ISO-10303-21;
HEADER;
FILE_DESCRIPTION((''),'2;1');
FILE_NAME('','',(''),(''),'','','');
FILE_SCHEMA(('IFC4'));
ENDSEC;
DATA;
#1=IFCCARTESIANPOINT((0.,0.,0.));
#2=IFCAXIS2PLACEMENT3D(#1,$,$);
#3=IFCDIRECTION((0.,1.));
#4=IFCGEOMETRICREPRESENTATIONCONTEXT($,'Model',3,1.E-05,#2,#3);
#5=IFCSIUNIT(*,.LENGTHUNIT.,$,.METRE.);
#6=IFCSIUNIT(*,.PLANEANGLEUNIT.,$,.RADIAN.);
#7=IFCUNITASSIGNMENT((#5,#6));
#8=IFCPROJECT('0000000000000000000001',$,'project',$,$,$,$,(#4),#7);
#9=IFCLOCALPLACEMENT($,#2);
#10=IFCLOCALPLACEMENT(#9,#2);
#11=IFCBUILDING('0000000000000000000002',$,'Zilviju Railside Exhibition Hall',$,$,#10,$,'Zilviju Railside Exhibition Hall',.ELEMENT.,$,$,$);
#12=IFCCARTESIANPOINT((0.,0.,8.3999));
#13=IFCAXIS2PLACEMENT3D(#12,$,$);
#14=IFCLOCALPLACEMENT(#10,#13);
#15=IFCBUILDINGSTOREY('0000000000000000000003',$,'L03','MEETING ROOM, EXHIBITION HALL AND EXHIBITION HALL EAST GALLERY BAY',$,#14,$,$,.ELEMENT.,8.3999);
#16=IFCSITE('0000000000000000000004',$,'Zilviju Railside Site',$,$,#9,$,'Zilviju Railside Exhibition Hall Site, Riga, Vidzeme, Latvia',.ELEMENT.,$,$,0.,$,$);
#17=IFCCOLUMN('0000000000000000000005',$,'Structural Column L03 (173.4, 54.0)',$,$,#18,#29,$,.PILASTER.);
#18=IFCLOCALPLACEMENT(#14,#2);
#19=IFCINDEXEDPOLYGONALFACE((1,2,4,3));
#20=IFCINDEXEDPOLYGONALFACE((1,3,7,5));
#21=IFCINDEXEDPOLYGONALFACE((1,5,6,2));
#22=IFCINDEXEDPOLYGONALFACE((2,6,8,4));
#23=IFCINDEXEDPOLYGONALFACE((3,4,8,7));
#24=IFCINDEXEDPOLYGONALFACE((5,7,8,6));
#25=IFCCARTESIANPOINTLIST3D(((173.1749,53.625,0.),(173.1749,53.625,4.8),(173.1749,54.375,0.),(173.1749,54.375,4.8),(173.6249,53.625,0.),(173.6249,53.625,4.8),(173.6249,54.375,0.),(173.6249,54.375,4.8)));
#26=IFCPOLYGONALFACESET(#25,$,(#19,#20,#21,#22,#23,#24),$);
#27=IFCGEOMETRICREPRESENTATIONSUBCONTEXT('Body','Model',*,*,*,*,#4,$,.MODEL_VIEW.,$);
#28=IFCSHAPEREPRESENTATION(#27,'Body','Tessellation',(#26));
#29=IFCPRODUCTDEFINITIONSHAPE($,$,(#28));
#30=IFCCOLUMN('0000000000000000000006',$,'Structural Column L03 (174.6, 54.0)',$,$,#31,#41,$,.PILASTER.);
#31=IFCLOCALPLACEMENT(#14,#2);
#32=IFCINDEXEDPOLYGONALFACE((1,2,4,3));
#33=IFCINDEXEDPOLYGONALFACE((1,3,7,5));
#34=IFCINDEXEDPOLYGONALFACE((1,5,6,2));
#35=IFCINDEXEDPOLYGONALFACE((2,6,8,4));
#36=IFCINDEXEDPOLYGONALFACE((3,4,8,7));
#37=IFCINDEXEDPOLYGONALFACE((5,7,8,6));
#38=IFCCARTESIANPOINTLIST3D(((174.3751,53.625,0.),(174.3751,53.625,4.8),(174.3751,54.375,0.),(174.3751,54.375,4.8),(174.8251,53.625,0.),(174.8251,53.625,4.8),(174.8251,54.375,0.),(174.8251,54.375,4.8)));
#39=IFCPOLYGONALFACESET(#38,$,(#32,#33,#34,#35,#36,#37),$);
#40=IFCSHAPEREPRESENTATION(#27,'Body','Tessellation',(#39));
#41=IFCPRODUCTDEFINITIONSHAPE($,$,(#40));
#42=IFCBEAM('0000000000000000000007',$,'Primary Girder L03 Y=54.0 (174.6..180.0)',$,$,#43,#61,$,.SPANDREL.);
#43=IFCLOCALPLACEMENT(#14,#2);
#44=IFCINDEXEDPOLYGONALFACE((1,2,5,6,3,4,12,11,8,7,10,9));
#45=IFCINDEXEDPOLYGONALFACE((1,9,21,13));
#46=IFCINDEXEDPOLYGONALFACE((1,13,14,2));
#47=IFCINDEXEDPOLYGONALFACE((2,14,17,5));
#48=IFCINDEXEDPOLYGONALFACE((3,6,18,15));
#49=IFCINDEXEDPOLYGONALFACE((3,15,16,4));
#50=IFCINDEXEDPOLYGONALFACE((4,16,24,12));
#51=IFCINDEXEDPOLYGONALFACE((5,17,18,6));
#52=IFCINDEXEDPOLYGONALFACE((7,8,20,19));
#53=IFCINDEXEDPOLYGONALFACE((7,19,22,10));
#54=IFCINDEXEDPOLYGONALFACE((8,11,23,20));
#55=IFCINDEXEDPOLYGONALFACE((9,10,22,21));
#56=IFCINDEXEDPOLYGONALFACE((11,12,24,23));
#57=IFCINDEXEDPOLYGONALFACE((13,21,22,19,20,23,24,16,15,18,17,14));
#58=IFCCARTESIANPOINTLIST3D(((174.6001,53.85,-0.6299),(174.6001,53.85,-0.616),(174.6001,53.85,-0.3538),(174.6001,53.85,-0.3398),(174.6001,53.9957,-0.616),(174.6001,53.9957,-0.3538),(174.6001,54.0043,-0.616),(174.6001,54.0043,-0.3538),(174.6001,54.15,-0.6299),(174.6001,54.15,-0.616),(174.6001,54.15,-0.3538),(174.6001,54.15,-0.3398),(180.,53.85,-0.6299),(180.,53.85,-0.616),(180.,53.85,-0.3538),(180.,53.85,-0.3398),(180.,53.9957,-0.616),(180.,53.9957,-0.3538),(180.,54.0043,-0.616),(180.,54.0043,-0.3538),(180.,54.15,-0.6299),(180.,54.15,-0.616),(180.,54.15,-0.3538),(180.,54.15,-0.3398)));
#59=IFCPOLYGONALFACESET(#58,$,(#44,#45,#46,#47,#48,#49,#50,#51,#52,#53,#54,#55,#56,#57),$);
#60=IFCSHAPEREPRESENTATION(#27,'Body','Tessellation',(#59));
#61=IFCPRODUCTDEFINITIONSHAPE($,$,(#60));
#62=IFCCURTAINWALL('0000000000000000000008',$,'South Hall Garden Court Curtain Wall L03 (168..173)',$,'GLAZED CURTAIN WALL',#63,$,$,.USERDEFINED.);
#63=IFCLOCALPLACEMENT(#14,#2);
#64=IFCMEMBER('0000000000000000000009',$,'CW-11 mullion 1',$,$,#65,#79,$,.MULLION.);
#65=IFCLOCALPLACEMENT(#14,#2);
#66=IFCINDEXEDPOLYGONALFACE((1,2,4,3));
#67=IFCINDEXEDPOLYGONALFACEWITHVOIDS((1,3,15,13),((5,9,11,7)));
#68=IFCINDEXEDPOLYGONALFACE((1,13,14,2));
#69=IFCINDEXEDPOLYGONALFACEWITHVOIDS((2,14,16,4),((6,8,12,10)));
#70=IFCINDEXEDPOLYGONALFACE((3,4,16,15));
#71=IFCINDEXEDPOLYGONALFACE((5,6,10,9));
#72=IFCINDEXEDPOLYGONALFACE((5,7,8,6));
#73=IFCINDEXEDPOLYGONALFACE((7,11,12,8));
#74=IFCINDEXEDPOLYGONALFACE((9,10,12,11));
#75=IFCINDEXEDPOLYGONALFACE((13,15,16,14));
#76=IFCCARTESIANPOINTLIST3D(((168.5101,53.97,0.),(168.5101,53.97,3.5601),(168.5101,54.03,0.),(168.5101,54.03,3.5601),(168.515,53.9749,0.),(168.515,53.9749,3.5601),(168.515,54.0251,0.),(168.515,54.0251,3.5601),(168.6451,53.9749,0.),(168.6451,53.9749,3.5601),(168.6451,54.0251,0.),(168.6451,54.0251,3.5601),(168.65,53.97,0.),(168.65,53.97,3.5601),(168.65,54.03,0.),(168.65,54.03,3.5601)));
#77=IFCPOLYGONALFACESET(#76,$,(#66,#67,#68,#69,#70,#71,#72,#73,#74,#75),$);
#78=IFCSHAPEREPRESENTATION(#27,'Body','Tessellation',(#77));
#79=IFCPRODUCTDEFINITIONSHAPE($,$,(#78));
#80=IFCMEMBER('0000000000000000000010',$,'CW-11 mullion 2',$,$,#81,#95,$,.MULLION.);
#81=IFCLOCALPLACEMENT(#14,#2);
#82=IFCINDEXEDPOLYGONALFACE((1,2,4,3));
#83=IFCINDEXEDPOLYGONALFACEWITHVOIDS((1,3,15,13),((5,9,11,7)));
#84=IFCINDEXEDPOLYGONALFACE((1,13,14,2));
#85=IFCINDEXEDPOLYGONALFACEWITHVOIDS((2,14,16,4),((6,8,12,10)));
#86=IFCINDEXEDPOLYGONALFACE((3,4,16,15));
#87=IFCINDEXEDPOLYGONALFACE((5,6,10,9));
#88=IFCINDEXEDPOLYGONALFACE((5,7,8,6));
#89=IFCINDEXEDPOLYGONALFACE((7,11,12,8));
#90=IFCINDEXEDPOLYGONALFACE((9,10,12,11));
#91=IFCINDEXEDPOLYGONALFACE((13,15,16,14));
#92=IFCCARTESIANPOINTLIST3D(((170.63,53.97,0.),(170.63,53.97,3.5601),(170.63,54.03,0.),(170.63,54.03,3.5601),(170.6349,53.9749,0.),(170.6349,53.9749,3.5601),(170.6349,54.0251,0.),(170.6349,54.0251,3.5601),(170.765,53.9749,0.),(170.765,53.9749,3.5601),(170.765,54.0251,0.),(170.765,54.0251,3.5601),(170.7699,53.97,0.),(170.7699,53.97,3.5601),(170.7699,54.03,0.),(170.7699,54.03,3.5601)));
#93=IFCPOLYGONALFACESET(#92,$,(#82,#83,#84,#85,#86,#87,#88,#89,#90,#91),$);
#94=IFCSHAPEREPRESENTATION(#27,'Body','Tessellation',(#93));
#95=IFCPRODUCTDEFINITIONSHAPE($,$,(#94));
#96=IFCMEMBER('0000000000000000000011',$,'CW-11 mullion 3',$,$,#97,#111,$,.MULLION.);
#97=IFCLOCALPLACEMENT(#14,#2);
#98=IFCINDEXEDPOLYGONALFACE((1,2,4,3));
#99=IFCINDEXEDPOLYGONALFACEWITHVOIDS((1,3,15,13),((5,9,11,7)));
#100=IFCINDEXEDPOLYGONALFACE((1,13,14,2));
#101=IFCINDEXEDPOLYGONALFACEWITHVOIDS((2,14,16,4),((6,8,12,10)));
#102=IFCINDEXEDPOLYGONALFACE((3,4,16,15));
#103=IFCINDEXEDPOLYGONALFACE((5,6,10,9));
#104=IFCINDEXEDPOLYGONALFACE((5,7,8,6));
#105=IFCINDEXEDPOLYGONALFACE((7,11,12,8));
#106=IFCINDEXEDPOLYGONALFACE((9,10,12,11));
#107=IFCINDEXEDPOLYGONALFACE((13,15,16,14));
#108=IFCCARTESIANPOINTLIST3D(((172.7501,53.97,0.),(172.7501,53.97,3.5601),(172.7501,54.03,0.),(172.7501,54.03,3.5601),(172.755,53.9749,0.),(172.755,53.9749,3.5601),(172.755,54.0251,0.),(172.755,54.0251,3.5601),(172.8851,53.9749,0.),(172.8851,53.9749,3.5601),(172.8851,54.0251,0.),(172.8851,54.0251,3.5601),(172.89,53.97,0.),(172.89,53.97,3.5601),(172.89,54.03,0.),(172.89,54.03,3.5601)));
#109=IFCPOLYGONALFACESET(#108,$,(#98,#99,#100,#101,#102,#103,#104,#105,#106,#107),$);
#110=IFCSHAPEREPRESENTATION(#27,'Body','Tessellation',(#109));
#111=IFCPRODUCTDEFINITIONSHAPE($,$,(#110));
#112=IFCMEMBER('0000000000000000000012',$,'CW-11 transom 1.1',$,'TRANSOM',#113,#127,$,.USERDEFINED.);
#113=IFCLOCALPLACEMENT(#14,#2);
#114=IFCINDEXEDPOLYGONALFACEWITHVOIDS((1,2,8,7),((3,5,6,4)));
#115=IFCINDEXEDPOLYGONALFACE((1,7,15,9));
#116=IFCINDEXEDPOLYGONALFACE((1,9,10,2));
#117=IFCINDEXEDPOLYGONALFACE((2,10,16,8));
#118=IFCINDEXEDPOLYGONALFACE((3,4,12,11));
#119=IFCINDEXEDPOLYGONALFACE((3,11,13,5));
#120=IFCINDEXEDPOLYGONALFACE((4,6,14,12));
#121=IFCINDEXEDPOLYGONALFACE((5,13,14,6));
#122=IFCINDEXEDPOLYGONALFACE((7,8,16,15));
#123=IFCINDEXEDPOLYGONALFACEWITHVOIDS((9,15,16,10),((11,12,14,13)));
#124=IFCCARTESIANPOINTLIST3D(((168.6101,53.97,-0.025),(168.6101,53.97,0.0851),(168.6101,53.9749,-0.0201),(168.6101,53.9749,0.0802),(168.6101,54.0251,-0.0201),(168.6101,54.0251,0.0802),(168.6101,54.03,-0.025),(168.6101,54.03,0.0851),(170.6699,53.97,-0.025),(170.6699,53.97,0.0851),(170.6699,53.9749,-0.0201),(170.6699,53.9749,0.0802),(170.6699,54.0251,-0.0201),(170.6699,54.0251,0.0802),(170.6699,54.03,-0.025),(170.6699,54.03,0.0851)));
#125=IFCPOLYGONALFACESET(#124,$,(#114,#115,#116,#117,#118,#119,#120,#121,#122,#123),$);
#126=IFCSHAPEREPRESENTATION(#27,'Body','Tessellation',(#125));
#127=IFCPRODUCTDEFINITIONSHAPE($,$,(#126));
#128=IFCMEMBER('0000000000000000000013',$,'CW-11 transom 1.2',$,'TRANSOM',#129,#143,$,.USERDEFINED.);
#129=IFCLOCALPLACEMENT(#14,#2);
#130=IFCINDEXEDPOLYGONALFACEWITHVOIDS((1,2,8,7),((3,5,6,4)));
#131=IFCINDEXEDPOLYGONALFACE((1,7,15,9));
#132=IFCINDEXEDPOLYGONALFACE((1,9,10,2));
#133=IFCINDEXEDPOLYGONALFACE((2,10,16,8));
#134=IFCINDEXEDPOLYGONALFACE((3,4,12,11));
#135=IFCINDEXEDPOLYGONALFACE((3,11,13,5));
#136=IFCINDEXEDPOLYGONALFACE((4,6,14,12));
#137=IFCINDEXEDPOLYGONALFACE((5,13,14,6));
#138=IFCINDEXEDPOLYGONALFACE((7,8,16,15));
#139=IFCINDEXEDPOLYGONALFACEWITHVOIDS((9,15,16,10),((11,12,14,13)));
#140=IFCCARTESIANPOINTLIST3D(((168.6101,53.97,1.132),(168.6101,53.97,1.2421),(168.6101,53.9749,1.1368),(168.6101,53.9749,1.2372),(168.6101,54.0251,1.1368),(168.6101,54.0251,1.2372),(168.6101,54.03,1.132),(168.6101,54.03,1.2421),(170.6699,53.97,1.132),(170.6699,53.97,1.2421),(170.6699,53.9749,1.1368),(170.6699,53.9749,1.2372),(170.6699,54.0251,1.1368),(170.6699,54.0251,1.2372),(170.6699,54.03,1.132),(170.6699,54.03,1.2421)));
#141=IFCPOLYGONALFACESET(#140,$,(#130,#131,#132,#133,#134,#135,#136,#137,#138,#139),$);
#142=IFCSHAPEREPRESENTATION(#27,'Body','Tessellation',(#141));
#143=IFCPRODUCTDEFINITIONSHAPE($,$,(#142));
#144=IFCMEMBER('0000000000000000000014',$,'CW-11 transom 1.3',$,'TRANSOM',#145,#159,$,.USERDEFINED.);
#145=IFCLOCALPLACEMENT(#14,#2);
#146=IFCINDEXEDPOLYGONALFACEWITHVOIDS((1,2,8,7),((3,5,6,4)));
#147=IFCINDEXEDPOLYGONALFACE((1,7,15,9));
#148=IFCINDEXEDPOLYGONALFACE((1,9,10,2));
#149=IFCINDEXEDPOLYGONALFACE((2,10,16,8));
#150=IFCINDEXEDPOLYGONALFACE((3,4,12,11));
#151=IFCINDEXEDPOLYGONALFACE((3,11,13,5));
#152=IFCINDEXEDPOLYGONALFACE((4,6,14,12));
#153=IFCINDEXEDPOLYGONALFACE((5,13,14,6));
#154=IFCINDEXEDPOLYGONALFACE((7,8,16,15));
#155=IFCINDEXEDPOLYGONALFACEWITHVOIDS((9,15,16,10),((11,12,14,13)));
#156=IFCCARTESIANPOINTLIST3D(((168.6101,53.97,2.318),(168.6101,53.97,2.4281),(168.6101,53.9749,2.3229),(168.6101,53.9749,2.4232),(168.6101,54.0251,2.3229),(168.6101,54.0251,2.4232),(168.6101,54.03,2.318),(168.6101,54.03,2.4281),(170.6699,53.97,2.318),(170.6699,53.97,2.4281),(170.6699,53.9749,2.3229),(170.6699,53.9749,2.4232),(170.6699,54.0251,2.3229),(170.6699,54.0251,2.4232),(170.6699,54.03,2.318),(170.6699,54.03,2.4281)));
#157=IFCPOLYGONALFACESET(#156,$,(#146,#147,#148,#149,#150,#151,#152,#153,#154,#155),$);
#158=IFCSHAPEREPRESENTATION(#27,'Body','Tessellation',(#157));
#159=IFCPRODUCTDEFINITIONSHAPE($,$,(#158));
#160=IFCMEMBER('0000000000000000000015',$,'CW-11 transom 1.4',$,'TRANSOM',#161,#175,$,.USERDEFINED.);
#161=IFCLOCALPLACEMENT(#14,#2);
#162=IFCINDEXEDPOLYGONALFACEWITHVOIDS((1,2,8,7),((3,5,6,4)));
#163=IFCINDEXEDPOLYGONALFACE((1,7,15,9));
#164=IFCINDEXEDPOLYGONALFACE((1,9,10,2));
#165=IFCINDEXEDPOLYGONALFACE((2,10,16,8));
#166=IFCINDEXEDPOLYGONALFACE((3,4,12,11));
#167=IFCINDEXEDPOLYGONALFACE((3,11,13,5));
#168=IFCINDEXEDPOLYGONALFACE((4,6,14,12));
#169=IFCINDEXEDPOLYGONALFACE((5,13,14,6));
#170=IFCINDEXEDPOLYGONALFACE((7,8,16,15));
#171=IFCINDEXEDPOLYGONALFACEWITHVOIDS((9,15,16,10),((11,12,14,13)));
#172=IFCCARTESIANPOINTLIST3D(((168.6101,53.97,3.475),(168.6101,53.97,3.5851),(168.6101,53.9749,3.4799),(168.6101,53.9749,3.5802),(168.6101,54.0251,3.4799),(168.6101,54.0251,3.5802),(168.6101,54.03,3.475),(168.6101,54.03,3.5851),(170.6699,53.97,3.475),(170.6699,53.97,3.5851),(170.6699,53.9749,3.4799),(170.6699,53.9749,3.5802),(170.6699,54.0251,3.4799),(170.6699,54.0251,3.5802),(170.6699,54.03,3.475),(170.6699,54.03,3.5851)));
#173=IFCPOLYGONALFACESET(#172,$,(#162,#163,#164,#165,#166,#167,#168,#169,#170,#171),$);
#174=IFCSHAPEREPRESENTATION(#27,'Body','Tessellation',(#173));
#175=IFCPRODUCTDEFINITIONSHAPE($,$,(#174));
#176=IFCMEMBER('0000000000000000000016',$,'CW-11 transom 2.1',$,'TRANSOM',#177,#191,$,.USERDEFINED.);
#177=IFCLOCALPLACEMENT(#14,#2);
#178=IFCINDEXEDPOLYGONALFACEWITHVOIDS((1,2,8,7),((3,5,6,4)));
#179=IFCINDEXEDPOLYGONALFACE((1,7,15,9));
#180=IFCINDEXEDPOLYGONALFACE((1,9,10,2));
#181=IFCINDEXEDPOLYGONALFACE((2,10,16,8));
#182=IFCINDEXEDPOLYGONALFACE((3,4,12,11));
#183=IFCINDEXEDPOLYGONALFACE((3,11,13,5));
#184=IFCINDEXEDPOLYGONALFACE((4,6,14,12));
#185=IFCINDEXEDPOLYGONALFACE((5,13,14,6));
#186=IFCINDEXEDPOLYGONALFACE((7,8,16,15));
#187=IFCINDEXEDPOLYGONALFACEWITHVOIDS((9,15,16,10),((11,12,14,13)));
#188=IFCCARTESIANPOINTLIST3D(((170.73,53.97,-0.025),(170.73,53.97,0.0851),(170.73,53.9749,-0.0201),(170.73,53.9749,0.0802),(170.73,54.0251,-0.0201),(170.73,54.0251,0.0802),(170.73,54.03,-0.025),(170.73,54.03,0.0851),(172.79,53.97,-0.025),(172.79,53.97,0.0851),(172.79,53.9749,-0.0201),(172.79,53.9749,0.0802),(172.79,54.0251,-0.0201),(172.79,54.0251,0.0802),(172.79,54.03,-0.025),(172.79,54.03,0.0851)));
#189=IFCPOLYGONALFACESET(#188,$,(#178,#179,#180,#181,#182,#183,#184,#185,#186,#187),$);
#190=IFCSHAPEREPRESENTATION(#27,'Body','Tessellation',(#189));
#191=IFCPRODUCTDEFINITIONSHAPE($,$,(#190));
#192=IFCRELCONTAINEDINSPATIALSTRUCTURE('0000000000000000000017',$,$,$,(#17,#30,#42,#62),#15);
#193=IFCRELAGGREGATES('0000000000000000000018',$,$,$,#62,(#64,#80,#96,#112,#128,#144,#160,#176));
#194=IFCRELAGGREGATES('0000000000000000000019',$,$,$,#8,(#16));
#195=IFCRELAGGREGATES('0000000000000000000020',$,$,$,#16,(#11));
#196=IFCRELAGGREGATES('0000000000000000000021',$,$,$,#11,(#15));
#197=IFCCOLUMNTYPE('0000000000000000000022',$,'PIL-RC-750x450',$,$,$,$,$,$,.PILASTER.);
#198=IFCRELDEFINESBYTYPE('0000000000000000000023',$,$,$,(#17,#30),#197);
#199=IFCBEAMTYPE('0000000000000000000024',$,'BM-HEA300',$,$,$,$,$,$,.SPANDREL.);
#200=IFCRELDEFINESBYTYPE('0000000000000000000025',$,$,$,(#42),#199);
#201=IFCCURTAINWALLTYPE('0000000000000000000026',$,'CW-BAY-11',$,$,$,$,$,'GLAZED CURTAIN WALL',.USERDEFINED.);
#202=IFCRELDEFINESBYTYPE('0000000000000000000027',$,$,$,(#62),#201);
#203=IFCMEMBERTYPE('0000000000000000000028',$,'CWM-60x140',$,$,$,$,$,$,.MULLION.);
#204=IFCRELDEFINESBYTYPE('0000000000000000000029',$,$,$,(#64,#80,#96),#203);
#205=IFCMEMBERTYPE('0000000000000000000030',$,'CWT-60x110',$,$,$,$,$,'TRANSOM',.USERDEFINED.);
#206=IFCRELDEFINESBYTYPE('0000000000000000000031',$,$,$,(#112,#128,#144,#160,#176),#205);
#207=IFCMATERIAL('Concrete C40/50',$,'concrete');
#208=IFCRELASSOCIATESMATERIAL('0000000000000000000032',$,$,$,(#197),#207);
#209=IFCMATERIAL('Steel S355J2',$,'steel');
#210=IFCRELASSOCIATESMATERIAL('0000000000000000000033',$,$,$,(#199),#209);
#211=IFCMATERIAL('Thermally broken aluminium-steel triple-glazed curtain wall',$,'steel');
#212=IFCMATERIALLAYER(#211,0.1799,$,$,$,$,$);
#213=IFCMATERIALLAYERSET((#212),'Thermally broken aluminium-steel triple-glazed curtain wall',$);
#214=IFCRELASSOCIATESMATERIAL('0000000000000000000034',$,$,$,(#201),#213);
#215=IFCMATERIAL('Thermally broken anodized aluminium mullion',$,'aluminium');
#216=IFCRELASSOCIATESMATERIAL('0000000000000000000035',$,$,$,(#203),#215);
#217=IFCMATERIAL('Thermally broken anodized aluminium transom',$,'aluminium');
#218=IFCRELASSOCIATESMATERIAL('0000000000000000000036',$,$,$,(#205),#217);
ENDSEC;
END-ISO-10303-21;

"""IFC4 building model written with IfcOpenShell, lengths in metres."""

from ifc_helpers import new_model, si_unit, direction, frame, origin, origin_2d, place, context, subcontext, project, spatial, rectangle, hollow_rectangle, i_section, extrude, material, layer, layer_set, material_profile, profile_set, type_object, element, aggregate, save


model = new_model("IFC4")

# Units and contexts
model_context = context("Model", 3, precision=1e-05, world=origin(), true_north=direction((0.0, 1.0)))
body_context = subcontext(model_context, "Body", "Model", "MODEL_VIEW")
ifc_project = project(units=[si_unit("LENGTHUNIT", "METRE"), si_unit("PLANEANGLEUNIT", "RADIAN")], contexts=[model_context])

# Site, building, storey
site_placement = place(None, origin())
site = spatial("IfcSite", under=ifc_project, at=site_placement, Name="Zilviju Railside Site", LongName="Zilviju Railside Exhibition Hall Site, Riga, Vidzeme, Latvia", CompositionType="ELEMENT", RefElevation=0.0)
building_placement = place(site_placement, origin())
building = spatial("IfcBuilding", under=site, at=building_placement, Name="Zilviju Railside Exhibition Hall", LongName="Zilviju Railside Exhibition Hall", CompositionType="ELEMENT")
storey_placement = place(building_placement, frame((0.0, 0.0, 8.3999)))
storey = spatial("IfcBuildingStorey", under=building, at=storey_placement, Name="L03", Description="MEETING ROOM, EXHIBITION HALL AND EXHIBITION HALL EAST GALLERY BAY", CompositionType="ELEMENT", Elevation=8.3999)

# Columns
ifc_material_1 = material(Name="Concrete C40/50", Category="concrete")
ifc_material_profile_1 = material_profile(ifc_material_1, rectangle(XDim=0.45, YDim=0.75, at=origin_2d()), Name="RC COL 450x750")
ifc_profile_set_1 = profile_set([ifc_material_profile_1], Name="Concrete C40/50")
column_type = type_object("IfcColumnType", Name="PIL-RC-750x450", PredefinedType="PILASTER", material=ifc_profile_set_1)
for number, where, z_axis, x_axis, name in (
    (1, (173.3999, 54.0, 0.0), (0.0, 0.0, 1.0), (1.0, 0.0, 0.0), "Structural Column L03 (173.4, 54.0)"),
    (2, (174.6001, 54.0, 0.0), (0.0, 0.0, 1.0), (1.0, 0.0, 0.0), "Structural Column L03 (174.6, 54.0)"),
):
    element("IfcColumn", number, at=place(storey_placement, frame(where, z_axis=z_axis, x_axis=x_axis)), inside=storey, type_object=column_type, Name=name, PredefinedType="PILASTER", context=body_context, shape_type="SweptSolid", body=[
        extrude(rectangle(XDim=0.45, YDim=0.75, at=origin_2d()), origin(), (0.0, 0.0, 1.0), 4.8),
    ])

# Beam
ifc_material_2 = material(Name="Steel S355J2", Category="steel")
ifc_material_profile_2 = material_profile(ifc_material_2, i_section(OverallWidth=0.3, OverallDepth=0.29, WebThickness=0.0085, FlangeThickness=0.0139, at=origin_2d()), Name="HEA 300")
ifc_profile_set_2 = profile_set([ifc_material_profile_2], Name="Steel S355J2")
beam_type = type_object("IfcBeamType", Name="BM-HEA300", PredefinedType="SPANDREL", material=ifc_profile_set_2)
beam_placement = place(storey_placement, frame((174.6001, 54.0, -0.4849), z_axis=(1.0, 0.0, 0.0), x_axis=(0.0, 1.0, 0.0)))
element("IfcBeam", 3, at=beam_placement, inside=storey, type_object=beam_type, Name="Primary Girder L03 Y=54.0 (174.6..180.0)", PredefinedType="SPANDREL", context=body_context, shape_type="SweptSolid", body=[
    extrude(i_section(OverallWidth=0.3, OverallDepth=0.29, WebThickness=0.0085, FlangeThickness=0.0139, at=origin_2d()), origin(), (0.0, 0.0, 1.0), 5.3999),
])

# Curtain wall, members
ifc_material_3 = material(Name="Thermally broken aluminium-steel triple-glazed curtain wall", Category="steel")
ifc_layer_1 = layer(ifc_material_3, 0.1799)
ifc_layer_set_1 = layer_set([ifc_layer_1], Name="Thermally broken aluminium-steel triple-glazed curtain wall")
curtain_wall_type = type_object("IfcCurtainWallType", Name="CW-BAY-11", ElementType="GLAZED CURTAIN WALL", PredefinedType="USERDEFINED", material=ifc_layer_set_1)
curtain_wall_placement = place(storey_placement, origin())
curtain_wall = element("IfcCurtainWall", 4, at=curtain_wall_placement, inside=storey, type_object=curtain_wall_type, Name="South Hall Garden Court Curtain Wall L03 (168..173)", ObjectType="GLAZED CURTAIN WALL", PredefinedType="USERDEFINED")
ifc_material_4 = material(Name="Thermally broken anodized aluminium mullion", Category="aluminium")
ifc_material_profile_3 = material_profile(ifc_material_4, hollow_rectangle(XDim=0.0601, YDim=0.1399, WallThickness=0.0049, at=origin_2d()), Name="MULLION 140x60x5")
ifc_profile_set_3 = profile_set([ifc_material_profile_3], Name="Thermally broken anodized aluminium mullion")
member_type_1 = type_object("IfcMemberType", Name="CWM-60x140", PredefinedType="MULLION", material=ifc_profile_set_3)
member_1_placement = place(storey_placement, frame((168.5801, 54.0, 0.0), z_axis=(0.0, 0.0, 1.0), x_axis=(0.0, 1.0, 0.0)))
member_1 = element("IfcMember", 5, at=member_1_placement, type_object=member_type_1, Name="CW-11 mullion 1", PredefinedType="MULLION", context=body_context, shape_type="SweptSolid", body=[
    extrude(hollow_rectangle(XDim=0.0601, YDim=0.1399, WallThickness=0.0049, at=origin_2d()), origin(), (0.0, 0.0, 1.0), 3.5601),
])
member_2_placement = place(storey_placement, frame((170.7, 54.0, 0.0), z_axis=(0.0, 0.0, 1.0), x_axis=(0.0, 1.0, 0.0)))
member_2 = element("IfcMember", 6, at=member_2_placement, type_object=member_type_1, Name="CW-11 mullion 2", PredefinedType="MULLION", context=body_context, shape_type="SweptSolid", body=[
    extrude(hollow_rectangle(XDim=0.0601, YDim=0.1399, WallThickness=0.0049, at=origin_2d()), origin(), (0.0, 0.0, 1.0), 3.5601),
])
member_3_placement = place(storey_placement, frame((172.8201, 54.0, 0.0), z_axis=(0.0, 0.0, 1.0), x_axis=(0.0, 1.0, 0.0)))
member_3 = element("IfcMember", 7, at=member_3_placement, type_object=member_type_1, Name="CW-11 mullion 3", PredefinedType="MULLION", context=body_context, shape_type="SweptSolid", body=[
    extrude(hollow_rectangle(XDim=0.0601, YDim=0.1399, WallThickness=0.0049, at=origin_2d()), origin(), (0.0, 0.0, 1.0), 3.5601),
])
ifc_material_5 = material(Name="Thermally broken anodized aluminium transom", Category="aluminium")
ifc_material_profile_4 = material_profile(ifc_material_5, hollow_rectangle(XDim=0.0601, YDim=0.1101, WallThickness=0.0049, at=origin_2d()), Name="TRANSOM 110x60x5")
ifc_profile_set_4 = profile_set([ifc_material_profile_4], Name="Thermally broken anodized aluminium transom")
member_type_2 = type_object("IfcMemberType", Name="CWT-60x110", ElementType="TRANSOM", PredefinedType="USERDEFINED", material=ifc_profile_set_4)
member_4_placement = place(storey_placement, frame((168.6101, 54.0, 0.03), z_axis=(1.0, 0.0, 0.0), x_axis=(0.0, 1.0, 0.0)))
member_4 = element("IfcMember", 8, at=member_4_placement, type_object=member_type_2, Name="CW-11 transom 1.1", ObjectType="TRANSOM", PredefinedType="USERDEFINED", context=body_context, shape_type="SweptSolid", body=[
    extrude(hollow_rectangle(XDim=0.0601, YDim=0.1101, WallThickness=0.0049, at=origin_2d()), origin(), (0.0, 0.0, 1.0), 2.0598),
])
member_5_placement = place(storey_placement, frame((168.6101, 54.0, 1.187), z_axis=(1.0, 0.0, 0.0), x_axis=(0.0, 1.0, 0.0)))
member_5 = element("IfcMember", 9, at=member_5_placement, type_object=member_type_2, Name="CW-11 transom 1.2", ObjectType="TRANSOM", PredefinedType="USERDEFINED", context=body_context, shape_type="SweptSolid", body=[
    extrude(hollow_rectangle(XDim=0.0601, YDim=0.1101, WallThickness=0.0049, at=origin_2d()), origin(), (0.0, 0.0, 1.0), 2.0598),
])
member_6_placement = place(storey_placement, frame((168.6101, 54.0, 2.373), z_axis=(1.0, 0.0, 0.0), x_axis=(0.0, 1.0, 0.0)))
member_6 = element("IfcMember", 10, at=member_6_placement, type_object=member_type_2, Name="CW-11 transom 1.3", ObjectType="TRANSOM", PredefinedType="USERDEFINED", context=body_context, shape_type="SweptSolid", body=[
    extrude(hollow_rectangle(XDim=0.0601, YDim=0.1101, WallThickness=0.0049, at=origin_2d()), origin(), (0.0, 0.0, 1.0), 2.0598),
])
member_7_placement = place(storey_placement, frame((168.6101, 54.0, 3.53), z_axis=(1.0, 0.0, 0.0), x_axis=(0.0, 1.0, 0.0)))
member_7 = element("IfcMember", 11, at=member_7_placement, type_object=member_type_2, Name="CW-11 transom 1.4", ObjectType="TRANSOM", PredefinedType="USERDEFINED", context=body_context, shape_type="SweptSolid", body=[
    extrude(hollow_rectangle(XDim=0.0601, YDim=0.1101, WallThickness=0.0049, at=origin_2d()), origin(), (0.0, 0.0, 1.0), 2.0598),
])
member_8_placement = place(storey_placement, frame((170.73, 54.0, 0.03), z_axis=(1.0, 0.0, 0.0), x_axis=(0.0, 1.0, 0.0)))
member_8 = element("IfcMember", 12, at=member_8_placement, type_object=member_type_2, Name="CW-11 transom 2.1", ObjectType="TRANSOM", PredefinedType="USERDEFINED", context=body_context, shape_type="SweptSolid", body=[
    extrude(hollow_rectangle(XDim=0.0601, YDim=0.1101, WallThickness=0.0049, at=origin_2d()), origin(), (0.0, 0.0, 1.0), 2.0601),
])
aggregate(curtain_wall, [member_1, member_2, member_3, member_4, member_5, member_6, member_7, member_8])

save(model, "model.ifc")
